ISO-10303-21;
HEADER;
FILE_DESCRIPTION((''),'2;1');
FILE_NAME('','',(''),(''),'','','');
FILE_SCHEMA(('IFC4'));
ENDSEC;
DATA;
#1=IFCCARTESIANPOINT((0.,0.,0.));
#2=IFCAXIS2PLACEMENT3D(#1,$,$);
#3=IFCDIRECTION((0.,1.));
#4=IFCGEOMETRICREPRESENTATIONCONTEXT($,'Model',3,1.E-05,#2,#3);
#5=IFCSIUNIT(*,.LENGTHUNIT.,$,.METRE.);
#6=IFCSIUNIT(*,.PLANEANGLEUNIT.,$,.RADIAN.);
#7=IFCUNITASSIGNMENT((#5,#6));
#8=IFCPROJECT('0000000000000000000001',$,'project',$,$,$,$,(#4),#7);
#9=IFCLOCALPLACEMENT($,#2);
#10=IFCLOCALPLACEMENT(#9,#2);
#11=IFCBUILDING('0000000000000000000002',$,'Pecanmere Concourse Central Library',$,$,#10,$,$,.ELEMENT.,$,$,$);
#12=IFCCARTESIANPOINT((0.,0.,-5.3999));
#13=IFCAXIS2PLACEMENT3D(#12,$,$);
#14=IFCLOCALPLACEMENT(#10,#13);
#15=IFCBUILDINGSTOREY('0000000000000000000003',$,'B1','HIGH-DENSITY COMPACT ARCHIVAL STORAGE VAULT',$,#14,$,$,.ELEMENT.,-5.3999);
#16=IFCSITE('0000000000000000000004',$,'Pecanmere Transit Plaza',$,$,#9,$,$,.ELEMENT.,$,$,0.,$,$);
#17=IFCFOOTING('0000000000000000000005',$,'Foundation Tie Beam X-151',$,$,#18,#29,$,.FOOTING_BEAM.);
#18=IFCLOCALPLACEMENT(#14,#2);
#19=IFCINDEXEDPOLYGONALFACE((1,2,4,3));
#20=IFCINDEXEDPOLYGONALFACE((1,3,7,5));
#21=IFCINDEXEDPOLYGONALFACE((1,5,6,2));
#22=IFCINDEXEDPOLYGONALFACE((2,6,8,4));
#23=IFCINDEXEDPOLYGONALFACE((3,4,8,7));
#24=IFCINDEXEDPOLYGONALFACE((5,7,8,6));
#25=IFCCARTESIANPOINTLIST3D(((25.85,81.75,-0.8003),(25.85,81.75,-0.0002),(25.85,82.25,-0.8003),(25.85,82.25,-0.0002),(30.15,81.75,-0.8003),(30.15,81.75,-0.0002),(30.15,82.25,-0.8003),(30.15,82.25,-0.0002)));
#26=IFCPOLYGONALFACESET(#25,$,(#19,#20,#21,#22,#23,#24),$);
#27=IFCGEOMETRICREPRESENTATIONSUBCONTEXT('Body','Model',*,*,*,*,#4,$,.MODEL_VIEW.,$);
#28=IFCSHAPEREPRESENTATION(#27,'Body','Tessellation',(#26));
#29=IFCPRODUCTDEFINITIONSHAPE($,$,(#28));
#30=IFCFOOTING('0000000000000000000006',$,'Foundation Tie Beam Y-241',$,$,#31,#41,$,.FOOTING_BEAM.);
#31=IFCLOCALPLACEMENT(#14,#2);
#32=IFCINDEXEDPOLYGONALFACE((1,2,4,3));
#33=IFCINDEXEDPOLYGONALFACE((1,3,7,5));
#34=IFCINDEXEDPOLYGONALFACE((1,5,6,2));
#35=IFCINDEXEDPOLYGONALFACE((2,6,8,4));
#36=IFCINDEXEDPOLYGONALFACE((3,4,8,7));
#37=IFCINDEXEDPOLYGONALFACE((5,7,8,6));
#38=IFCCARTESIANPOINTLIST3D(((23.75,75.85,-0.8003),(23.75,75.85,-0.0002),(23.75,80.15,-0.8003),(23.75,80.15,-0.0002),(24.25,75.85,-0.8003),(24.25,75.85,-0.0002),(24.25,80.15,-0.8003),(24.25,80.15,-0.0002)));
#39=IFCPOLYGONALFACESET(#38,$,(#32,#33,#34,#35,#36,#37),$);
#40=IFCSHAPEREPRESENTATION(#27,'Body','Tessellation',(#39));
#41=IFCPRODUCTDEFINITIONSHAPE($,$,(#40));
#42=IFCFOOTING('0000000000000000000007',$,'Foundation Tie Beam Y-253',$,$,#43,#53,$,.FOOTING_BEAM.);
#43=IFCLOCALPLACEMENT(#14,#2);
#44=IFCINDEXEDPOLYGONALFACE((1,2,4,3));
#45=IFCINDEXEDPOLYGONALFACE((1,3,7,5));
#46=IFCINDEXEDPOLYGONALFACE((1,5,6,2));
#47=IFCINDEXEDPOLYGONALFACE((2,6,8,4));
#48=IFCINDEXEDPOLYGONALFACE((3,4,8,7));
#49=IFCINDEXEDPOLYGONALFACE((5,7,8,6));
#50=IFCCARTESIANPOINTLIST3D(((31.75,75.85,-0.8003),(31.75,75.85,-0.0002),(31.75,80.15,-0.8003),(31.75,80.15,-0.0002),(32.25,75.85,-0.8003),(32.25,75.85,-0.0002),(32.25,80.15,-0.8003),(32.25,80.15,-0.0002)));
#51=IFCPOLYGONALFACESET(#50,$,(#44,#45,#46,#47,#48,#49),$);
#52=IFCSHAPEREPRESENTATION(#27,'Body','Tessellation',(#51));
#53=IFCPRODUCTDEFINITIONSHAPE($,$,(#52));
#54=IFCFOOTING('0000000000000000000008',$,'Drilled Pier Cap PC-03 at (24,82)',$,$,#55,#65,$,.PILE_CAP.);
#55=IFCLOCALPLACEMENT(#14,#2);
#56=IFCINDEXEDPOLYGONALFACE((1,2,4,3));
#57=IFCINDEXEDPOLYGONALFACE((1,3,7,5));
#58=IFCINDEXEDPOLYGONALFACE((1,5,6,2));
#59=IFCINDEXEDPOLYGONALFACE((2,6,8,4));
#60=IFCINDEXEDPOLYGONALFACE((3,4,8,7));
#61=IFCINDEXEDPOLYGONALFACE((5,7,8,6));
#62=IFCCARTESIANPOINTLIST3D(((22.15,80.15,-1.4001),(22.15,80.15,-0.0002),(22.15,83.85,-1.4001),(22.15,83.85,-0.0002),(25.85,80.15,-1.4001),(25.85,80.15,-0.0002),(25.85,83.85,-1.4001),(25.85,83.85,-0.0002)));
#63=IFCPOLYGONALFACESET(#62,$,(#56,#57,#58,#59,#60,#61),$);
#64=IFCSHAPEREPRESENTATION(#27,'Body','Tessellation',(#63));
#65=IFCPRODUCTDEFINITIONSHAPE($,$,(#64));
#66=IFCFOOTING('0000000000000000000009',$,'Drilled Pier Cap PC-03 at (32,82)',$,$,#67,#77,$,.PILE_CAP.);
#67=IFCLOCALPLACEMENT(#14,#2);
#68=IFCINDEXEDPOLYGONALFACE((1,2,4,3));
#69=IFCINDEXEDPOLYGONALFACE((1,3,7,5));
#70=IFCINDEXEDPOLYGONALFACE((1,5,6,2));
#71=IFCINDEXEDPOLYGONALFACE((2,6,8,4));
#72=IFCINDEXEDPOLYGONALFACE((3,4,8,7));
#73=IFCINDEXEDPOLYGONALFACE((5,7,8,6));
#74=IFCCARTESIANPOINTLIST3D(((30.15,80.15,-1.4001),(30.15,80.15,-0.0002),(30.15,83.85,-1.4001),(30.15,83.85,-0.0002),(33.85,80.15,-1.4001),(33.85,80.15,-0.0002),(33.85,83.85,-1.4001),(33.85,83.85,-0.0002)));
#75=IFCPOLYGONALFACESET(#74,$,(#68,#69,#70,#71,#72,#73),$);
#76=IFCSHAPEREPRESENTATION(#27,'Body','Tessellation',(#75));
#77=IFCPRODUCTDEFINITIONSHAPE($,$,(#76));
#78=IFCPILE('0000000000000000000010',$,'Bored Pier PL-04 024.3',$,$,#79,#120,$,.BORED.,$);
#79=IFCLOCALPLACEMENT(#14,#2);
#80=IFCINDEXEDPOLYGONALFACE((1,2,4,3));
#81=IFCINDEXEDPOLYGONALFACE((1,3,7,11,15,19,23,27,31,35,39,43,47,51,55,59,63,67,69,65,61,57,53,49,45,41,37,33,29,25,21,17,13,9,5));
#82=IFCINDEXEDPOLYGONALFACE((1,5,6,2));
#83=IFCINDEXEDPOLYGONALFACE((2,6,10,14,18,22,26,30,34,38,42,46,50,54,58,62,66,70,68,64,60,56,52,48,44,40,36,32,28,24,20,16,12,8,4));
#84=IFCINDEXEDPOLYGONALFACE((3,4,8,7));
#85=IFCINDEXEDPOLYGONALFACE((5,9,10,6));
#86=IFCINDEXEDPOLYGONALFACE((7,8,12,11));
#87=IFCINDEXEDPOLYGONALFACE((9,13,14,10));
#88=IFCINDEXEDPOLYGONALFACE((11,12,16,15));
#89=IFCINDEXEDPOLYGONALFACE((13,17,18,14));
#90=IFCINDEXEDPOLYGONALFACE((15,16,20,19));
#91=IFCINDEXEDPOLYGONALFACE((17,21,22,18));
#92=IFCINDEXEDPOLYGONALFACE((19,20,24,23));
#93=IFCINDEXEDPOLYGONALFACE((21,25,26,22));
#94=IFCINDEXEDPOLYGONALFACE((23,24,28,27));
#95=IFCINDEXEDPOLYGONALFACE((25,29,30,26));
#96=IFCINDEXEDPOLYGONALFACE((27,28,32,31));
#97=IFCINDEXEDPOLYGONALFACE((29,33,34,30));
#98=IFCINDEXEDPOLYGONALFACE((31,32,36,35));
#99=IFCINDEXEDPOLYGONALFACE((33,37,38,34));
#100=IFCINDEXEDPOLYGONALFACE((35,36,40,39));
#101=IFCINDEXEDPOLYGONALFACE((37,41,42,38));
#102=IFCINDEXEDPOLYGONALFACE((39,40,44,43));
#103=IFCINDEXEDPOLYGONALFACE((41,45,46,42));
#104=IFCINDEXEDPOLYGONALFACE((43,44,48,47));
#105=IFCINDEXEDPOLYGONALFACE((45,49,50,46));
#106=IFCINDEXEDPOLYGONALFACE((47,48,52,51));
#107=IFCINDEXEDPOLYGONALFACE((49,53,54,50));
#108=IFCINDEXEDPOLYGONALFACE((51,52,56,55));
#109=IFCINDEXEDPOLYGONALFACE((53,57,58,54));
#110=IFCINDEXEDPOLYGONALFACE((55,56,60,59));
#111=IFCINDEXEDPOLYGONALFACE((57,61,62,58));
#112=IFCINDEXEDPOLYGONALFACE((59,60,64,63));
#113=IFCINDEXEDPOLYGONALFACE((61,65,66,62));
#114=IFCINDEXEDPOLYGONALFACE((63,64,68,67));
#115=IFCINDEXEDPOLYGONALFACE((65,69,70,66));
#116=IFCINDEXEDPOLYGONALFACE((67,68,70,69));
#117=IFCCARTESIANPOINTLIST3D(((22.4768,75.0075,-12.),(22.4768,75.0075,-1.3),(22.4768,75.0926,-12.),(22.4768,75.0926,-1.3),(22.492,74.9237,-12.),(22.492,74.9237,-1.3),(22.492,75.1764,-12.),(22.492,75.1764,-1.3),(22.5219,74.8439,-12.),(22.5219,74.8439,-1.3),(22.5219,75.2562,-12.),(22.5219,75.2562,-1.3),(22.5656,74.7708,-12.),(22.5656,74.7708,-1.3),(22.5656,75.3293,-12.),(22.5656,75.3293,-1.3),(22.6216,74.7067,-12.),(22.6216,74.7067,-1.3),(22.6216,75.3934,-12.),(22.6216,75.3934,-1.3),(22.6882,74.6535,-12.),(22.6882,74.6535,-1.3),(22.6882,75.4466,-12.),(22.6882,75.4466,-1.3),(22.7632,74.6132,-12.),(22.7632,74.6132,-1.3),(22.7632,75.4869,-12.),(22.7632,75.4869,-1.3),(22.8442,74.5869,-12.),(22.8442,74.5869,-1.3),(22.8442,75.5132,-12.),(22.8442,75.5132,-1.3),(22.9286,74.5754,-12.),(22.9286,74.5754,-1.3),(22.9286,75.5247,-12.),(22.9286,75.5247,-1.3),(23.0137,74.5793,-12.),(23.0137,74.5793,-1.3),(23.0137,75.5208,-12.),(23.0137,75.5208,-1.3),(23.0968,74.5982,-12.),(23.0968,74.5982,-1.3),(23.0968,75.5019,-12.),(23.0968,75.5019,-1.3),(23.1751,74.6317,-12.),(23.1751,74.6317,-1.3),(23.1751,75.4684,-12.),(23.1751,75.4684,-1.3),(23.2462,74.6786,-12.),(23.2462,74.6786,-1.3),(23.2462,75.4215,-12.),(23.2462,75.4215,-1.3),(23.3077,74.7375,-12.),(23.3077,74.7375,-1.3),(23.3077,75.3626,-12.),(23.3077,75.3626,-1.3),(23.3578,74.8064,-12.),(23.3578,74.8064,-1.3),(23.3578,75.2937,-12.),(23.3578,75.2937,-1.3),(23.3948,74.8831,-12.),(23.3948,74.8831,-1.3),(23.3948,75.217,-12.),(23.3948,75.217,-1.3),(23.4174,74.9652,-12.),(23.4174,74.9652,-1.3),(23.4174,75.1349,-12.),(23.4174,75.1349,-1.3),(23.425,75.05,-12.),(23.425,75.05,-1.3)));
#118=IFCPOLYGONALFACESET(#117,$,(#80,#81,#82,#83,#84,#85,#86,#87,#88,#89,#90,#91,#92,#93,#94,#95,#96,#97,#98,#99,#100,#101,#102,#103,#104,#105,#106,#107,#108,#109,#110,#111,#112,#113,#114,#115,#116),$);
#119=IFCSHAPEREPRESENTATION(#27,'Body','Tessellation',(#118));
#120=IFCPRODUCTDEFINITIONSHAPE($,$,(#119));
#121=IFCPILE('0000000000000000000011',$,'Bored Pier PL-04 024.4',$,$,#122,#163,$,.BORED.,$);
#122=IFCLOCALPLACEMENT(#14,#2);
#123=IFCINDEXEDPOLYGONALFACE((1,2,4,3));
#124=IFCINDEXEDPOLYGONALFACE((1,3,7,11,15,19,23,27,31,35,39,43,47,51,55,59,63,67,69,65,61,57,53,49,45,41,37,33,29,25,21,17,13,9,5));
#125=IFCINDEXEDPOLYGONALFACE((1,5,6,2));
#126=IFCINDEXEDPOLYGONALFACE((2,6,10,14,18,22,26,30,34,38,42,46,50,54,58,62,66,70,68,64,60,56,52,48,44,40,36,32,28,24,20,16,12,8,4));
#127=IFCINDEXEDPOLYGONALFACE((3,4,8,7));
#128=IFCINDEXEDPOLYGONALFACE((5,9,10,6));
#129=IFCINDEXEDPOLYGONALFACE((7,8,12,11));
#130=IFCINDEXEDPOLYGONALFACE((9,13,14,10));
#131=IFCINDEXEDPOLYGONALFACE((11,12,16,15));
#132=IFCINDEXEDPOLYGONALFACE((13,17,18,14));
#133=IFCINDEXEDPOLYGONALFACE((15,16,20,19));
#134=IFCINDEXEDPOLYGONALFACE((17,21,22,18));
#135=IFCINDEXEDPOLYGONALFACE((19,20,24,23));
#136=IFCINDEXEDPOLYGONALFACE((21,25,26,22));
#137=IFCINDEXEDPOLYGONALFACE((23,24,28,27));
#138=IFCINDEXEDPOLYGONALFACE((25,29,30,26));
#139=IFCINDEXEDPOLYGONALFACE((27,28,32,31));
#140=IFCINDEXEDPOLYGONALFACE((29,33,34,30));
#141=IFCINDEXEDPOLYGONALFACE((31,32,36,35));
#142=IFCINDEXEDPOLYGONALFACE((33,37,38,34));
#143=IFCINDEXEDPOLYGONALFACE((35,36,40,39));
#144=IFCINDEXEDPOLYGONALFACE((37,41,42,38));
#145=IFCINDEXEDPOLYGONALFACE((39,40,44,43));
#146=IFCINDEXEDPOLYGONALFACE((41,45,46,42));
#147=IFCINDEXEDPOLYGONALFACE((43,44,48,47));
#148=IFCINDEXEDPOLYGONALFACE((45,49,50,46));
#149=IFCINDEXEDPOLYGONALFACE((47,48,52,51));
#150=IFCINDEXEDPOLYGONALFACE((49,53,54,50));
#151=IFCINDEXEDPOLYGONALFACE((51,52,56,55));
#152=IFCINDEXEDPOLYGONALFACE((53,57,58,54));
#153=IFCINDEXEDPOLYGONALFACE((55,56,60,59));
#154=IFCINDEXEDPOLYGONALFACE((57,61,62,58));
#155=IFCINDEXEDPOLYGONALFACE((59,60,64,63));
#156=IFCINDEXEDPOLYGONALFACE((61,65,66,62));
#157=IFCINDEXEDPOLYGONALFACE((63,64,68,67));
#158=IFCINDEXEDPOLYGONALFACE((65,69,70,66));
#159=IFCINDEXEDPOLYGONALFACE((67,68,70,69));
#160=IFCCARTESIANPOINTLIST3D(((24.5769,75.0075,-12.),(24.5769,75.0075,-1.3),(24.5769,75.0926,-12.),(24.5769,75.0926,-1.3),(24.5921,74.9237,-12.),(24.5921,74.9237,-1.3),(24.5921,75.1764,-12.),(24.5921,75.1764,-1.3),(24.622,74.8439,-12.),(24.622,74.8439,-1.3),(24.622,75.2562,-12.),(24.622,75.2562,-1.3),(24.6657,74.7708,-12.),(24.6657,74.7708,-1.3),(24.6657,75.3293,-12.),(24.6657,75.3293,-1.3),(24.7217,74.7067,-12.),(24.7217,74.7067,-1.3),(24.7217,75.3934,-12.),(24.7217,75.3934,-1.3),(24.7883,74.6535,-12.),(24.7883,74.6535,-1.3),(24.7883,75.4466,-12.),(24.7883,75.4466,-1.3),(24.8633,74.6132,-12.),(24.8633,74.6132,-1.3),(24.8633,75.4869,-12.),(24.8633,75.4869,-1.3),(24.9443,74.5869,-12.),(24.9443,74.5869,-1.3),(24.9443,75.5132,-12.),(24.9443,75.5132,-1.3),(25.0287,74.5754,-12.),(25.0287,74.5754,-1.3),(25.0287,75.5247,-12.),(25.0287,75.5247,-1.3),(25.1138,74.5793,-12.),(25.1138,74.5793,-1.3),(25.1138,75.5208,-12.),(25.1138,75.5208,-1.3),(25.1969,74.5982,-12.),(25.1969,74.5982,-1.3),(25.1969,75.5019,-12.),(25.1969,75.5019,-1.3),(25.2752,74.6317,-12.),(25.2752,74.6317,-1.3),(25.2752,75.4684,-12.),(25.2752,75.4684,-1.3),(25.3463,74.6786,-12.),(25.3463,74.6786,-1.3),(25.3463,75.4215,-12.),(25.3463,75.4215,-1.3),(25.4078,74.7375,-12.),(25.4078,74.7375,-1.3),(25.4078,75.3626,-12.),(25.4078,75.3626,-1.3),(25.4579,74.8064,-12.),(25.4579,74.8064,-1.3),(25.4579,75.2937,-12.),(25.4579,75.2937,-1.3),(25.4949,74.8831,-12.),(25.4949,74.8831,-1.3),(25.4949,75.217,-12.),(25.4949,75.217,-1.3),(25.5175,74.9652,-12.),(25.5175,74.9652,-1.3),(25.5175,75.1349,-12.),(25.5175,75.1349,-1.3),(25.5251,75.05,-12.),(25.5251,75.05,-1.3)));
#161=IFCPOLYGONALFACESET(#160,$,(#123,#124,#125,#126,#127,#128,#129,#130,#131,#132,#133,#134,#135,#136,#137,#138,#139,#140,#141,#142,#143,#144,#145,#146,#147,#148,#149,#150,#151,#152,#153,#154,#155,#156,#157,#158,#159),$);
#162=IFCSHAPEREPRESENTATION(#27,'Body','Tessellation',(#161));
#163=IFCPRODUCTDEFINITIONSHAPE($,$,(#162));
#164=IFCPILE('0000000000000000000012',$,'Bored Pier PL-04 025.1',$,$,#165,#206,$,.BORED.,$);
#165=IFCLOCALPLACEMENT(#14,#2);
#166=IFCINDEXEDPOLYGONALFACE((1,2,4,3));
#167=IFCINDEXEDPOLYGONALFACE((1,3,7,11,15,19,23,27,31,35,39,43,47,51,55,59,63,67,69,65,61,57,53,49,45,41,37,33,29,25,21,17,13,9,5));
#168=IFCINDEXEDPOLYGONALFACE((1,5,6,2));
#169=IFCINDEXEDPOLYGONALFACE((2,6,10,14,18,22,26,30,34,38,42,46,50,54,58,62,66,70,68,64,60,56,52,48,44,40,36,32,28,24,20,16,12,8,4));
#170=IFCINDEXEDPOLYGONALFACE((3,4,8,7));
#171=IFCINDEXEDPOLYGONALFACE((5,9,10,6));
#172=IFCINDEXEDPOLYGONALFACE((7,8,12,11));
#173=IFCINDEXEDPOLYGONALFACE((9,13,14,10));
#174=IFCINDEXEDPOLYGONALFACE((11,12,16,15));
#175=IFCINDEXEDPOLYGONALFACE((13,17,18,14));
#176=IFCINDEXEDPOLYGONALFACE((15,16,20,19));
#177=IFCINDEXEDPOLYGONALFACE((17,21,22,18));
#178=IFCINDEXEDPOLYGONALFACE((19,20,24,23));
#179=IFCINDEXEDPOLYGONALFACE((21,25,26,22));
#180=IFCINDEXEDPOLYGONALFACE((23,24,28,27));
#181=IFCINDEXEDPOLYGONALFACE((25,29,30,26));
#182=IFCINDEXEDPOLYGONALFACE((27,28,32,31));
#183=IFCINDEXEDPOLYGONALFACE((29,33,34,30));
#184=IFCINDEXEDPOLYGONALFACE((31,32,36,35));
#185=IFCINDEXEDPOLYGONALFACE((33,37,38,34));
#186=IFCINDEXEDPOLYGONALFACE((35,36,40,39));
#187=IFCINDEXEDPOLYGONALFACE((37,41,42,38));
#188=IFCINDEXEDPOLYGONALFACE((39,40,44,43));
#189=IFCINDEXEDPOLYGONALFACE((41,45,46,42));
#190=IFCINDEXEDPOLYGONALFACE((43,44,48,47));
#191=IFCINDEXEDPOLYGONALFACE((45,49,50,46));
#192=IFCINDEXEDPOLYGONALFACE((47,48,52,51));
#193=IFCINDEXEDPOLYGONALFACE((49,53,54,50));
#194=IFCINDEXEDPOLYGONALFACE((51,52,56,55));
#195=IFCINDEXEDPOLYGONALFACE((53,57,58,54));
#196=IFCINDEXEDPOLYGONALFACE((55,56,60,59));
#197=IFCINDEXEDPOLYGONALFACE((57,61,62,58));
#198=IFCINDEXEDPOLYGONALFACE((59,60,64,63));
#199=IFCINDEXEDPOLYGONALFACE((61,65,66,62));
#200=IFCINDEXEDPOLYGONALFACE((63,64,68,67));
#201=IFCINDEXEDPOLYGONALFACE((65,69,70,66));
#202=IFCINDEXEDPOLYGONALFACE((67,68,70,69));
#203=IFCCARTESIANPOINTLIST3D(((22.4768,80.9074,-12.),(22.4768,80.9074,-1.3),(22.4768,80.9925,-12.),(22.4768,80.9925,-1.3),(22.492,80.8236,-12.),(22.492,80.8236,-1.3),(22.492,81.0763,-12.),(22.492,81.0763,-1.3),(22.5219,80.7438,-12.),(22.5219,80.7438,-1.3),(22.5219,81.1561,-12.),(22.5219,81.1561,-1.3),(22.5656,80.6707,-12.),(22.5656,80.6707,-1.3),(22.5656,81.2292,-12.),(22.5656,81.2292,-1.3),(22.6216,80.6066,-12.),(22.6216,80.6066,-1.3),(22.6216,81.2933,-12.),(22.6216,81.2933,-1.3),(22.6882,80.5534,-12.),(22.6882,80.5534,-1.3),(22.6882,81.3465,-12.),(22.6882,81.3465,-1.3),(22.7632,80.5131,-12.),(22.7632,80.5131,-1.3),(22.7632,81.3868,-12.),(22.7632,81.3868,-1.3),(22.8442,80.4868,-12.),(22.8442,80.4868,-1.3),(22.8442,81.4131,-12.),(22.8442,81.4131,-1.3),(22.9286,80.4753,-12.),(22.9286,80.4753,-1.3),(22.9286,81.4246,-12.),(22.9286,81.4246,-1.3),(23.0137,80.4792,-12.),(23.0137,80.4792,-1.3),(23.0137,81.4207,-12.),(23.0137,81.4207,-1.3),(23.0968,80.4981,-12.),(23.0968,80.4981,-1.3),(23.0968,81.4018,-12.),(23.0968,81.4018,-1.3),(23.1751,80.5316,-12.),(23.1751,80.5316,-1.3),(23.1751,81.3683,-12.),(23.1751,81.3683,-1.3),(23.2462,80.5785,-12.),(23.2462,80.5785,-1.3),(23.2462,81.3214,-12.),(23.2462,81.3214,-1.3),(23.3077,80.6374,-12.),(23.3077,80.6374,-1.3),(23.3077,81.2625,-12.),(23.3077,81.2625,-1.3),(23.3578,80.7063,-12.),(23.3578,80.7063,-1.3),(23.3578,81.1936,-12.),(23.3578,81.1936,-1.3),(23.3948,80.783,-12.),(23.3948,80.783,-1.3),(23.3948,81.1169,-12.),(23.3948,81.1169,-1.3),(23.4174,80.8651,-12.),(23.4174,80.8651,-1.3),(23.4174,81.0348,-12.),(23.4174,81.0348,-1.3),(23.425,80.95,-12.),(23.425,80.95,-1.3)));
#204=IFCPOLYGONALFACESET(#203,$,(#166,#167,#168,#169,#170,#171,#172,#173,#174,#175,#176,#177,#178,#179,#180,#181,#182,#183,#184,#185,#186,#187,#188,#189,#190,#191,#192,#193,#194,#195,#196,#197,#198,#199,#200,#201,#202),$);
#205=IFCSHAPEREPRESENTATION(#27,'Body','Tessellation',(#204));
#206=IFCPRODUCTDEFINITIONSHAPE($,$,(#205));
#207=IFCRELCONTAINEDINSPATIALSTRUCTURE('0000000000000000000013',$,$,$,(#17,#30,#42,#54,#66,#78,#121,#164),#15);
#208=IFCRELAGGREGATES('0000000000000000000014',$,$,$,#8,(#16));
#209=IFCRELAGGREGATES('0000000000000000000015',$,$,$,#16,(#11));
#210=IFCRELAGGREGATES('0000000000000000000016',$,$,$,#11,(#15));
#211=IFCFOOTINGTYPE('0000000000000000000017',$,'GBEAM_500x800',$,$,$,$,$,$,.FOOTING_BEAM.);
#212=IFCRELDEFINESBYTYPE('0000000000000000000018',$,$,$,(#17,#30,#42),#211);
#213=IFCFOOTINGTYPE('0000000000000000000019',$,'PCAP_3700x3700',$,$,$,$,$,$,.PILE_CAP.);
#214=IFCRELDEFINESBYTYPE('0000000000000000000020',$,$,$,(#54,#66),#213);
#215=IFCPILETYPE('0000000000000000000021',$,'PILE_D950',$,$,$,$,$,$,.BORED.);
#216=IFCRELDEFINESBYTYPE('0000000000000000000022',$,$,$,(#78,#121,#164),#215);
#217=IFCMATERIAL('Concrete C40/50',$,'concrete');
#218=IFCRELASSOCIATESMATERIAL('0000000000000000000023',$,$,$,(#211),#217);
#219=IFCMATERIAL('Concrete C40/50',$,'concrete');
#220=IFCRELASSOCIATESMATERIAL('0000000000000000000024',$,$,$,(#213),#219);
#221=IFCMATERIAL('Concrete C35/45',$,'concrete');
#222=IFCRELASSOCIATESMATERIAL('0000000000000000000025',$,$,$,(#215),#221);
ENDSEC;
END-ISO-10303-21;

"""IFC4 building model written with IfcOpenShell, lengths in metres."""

from ifc_helpers import new_model, si_unit, direction, frame, origin, origin_2d, place, context, subcontext, project, spatial, rectangle, circle, extrude, material, material_profile, profile_set, type_object, element, save


model = new_model("IFC4")

# Units and contexts
model_context = context("Model", 3, precision=1e-05, world=origin(), true_north=direction((0.0, 1.0)))
body_context = subcontext(model_context, "Body", "Model", "MODEL_VIEW")
ifc_project = project(units=[si_unit("LENGTHUNIT", "METRE"), si_unit("PLANEANGLEUNIT", "RADIAN")], contexts=[model_context])

# Site, building, storey
site_placement = place(None, origin())
site = spatial("IfcSite", under=ifc_project, at=site_placement, Name="Pecanmere Transit Plaza", CompositionType="ELEMENT", RefElevation=0.0)
building_placement = place(site_placement, origin())
building = spatial("IfcBuilding", under=site, at=building_placement, Name="Pecanmere Concourse Central Library", CompositionType="ELEMENT")
storey_placement = place(building_placement, frame((0.0, 0.0, -5.3999)))
storey = spatial("IfcBuildingStorey", under=building, at=storey_placement, Name="B1", Description="HIGH-DENSITY COMPACT ARCHIVAL STORAGE VAULT", CompositionType="ELEMENT", Elevation=-5.3999)

# Footings
ifc_material_1 = material(Name="Concrete C40/50", Category="concrete")
ifc_material_profile_1 = material_profile(ifc_material_1, rectangle(XDim=0.5, YDim=0.8, at=origin_2d()), Name="RC 500x800")
ifc_profile_set_1 = profile_set([ifc_material_profile_1], Name="Concrete C40/50")
footing_type_1 = type_object("IfcFootingType", Name="GBEAM_500x800", PredefinedType="FOOTING_BEAM", material=ifc_profile_set_1)
for number, where, z_axis, x_axis, name in (
    (1, (28.0, 82.0, -0.8003), (0.0, 0.0, 1.0), (1.0, 0.0, 0.0), "Foundation Tie Beam X-151"),
    (2, (24.0, 78.0, -0.8003), (0.0, 0.0, 1.0), (0.0, 1.0, 0.0), "Foundation Tie Beam Y-241"),
    (3, (32.0, 78.0, -0.8003), (0.0, 0.0, 1.0), (0.0, 1.0, 0.0), "Foundation Tie Beam Y-253"),
):
    element("IfcFooting", number, at=place(storey_placement, frame(where, z_axis=z_axis, x_axis=x_axis)), inside=storey, type_object=footing_type_1, Name=name, PredefinedType="FOOTING_BEAM", context=body_context, shape_type="SweptSolid", body=[
        extrude(rectangle(XDim=4.3, YDim=0.5, at=origin_2d()), origin(), (0.0, 0.0, 1.0), 0.8),
    ])
ifc_material_2 = material(Name="Concrete C40/50", Category="concrete")
footing_type_2 = type_object("IfcFootingType", Name="PCAP_3700x3700", PredefinedType="PILE_CAP", material=ifc_material_2)
for number, where, z_axis, x_axis, name in (
    (4, (24.0, 82.0, -1.4001), (0.0, 0.0, 1.0), (1.0, 0.0, 0.0), "Drilled Pier Cap PC-03 at (24,82)"),
    (5, (32.0, 82.0, -1.4001), (0.0, 0.0, 1.0), (1.0, 0.0, 0.0), "Drilled Pier Cap PC-03 at (32,82)"),
):
    element("IfcFooting", number, at=place(storey_placement, frame(where, z_axis=z_axis, x_axis=x_axis)), inside=storey, type_object=footing_type_2, Name=name, PredefinedType="PILE_CAP", context=body_context, shape_type="SweptSolid", body=[
        extrude(rectangle(XDim=3.7, YDim=3.7, at=origin_2d()), origin(), (0.0, 0.0, 1.0), 1.3999),
    ])

# Piles
ifc_material_3 = material(Name="Concrete C35/45", Category="concrete")
ifc_material_profile_2 = material_profile(ifc_material_3, circle(Radius=0.4751, at=origin_2d()), Name="PIER D950")
ifc_profile_set_2 = profile_set([ifc_material_profile_2], Name="Concrete C35/45")
pile_type = type_object("IfcPileType", Name="PILE_D950", PredefinedType="BORED", material=ifc_profile_set_2)
for number, where, z_axis, x_axis, name in (
    (6, (22.95, 75.05, -1.3), (0.0, 0.0, -1.0), (1.0, 0.0, 0.0), "Bored Pier PL-04 024.3"),
    (7, (25.05, 75.05, -1.3), (0.0, 0.0, -1.0), (1.0, 0.0, 0.0), "Bored Pier PL-04 024.4"),
    (8, (22.95, 80.95, -1.3), (0.0, 0.0, -1.0), (1.0, 0.0, 0.0), "Bored Pier PL-04 025.1"),
):
    element("IfcPile", number, at=place(storey_placement, frame(where, z_axis=z_axis, x_axis=x_axis)), inside=storey, type_object=pile_type, Name=name, PredefinedType="BORED", context=body_context, shape_type="SweptSolid", body=[
        extrude(circle(Radius=0.4751, at=origin_2d()), origin(), (0.0, 0.0, 1.0), 10.7),
    ])

save(model, "model.ifc")
